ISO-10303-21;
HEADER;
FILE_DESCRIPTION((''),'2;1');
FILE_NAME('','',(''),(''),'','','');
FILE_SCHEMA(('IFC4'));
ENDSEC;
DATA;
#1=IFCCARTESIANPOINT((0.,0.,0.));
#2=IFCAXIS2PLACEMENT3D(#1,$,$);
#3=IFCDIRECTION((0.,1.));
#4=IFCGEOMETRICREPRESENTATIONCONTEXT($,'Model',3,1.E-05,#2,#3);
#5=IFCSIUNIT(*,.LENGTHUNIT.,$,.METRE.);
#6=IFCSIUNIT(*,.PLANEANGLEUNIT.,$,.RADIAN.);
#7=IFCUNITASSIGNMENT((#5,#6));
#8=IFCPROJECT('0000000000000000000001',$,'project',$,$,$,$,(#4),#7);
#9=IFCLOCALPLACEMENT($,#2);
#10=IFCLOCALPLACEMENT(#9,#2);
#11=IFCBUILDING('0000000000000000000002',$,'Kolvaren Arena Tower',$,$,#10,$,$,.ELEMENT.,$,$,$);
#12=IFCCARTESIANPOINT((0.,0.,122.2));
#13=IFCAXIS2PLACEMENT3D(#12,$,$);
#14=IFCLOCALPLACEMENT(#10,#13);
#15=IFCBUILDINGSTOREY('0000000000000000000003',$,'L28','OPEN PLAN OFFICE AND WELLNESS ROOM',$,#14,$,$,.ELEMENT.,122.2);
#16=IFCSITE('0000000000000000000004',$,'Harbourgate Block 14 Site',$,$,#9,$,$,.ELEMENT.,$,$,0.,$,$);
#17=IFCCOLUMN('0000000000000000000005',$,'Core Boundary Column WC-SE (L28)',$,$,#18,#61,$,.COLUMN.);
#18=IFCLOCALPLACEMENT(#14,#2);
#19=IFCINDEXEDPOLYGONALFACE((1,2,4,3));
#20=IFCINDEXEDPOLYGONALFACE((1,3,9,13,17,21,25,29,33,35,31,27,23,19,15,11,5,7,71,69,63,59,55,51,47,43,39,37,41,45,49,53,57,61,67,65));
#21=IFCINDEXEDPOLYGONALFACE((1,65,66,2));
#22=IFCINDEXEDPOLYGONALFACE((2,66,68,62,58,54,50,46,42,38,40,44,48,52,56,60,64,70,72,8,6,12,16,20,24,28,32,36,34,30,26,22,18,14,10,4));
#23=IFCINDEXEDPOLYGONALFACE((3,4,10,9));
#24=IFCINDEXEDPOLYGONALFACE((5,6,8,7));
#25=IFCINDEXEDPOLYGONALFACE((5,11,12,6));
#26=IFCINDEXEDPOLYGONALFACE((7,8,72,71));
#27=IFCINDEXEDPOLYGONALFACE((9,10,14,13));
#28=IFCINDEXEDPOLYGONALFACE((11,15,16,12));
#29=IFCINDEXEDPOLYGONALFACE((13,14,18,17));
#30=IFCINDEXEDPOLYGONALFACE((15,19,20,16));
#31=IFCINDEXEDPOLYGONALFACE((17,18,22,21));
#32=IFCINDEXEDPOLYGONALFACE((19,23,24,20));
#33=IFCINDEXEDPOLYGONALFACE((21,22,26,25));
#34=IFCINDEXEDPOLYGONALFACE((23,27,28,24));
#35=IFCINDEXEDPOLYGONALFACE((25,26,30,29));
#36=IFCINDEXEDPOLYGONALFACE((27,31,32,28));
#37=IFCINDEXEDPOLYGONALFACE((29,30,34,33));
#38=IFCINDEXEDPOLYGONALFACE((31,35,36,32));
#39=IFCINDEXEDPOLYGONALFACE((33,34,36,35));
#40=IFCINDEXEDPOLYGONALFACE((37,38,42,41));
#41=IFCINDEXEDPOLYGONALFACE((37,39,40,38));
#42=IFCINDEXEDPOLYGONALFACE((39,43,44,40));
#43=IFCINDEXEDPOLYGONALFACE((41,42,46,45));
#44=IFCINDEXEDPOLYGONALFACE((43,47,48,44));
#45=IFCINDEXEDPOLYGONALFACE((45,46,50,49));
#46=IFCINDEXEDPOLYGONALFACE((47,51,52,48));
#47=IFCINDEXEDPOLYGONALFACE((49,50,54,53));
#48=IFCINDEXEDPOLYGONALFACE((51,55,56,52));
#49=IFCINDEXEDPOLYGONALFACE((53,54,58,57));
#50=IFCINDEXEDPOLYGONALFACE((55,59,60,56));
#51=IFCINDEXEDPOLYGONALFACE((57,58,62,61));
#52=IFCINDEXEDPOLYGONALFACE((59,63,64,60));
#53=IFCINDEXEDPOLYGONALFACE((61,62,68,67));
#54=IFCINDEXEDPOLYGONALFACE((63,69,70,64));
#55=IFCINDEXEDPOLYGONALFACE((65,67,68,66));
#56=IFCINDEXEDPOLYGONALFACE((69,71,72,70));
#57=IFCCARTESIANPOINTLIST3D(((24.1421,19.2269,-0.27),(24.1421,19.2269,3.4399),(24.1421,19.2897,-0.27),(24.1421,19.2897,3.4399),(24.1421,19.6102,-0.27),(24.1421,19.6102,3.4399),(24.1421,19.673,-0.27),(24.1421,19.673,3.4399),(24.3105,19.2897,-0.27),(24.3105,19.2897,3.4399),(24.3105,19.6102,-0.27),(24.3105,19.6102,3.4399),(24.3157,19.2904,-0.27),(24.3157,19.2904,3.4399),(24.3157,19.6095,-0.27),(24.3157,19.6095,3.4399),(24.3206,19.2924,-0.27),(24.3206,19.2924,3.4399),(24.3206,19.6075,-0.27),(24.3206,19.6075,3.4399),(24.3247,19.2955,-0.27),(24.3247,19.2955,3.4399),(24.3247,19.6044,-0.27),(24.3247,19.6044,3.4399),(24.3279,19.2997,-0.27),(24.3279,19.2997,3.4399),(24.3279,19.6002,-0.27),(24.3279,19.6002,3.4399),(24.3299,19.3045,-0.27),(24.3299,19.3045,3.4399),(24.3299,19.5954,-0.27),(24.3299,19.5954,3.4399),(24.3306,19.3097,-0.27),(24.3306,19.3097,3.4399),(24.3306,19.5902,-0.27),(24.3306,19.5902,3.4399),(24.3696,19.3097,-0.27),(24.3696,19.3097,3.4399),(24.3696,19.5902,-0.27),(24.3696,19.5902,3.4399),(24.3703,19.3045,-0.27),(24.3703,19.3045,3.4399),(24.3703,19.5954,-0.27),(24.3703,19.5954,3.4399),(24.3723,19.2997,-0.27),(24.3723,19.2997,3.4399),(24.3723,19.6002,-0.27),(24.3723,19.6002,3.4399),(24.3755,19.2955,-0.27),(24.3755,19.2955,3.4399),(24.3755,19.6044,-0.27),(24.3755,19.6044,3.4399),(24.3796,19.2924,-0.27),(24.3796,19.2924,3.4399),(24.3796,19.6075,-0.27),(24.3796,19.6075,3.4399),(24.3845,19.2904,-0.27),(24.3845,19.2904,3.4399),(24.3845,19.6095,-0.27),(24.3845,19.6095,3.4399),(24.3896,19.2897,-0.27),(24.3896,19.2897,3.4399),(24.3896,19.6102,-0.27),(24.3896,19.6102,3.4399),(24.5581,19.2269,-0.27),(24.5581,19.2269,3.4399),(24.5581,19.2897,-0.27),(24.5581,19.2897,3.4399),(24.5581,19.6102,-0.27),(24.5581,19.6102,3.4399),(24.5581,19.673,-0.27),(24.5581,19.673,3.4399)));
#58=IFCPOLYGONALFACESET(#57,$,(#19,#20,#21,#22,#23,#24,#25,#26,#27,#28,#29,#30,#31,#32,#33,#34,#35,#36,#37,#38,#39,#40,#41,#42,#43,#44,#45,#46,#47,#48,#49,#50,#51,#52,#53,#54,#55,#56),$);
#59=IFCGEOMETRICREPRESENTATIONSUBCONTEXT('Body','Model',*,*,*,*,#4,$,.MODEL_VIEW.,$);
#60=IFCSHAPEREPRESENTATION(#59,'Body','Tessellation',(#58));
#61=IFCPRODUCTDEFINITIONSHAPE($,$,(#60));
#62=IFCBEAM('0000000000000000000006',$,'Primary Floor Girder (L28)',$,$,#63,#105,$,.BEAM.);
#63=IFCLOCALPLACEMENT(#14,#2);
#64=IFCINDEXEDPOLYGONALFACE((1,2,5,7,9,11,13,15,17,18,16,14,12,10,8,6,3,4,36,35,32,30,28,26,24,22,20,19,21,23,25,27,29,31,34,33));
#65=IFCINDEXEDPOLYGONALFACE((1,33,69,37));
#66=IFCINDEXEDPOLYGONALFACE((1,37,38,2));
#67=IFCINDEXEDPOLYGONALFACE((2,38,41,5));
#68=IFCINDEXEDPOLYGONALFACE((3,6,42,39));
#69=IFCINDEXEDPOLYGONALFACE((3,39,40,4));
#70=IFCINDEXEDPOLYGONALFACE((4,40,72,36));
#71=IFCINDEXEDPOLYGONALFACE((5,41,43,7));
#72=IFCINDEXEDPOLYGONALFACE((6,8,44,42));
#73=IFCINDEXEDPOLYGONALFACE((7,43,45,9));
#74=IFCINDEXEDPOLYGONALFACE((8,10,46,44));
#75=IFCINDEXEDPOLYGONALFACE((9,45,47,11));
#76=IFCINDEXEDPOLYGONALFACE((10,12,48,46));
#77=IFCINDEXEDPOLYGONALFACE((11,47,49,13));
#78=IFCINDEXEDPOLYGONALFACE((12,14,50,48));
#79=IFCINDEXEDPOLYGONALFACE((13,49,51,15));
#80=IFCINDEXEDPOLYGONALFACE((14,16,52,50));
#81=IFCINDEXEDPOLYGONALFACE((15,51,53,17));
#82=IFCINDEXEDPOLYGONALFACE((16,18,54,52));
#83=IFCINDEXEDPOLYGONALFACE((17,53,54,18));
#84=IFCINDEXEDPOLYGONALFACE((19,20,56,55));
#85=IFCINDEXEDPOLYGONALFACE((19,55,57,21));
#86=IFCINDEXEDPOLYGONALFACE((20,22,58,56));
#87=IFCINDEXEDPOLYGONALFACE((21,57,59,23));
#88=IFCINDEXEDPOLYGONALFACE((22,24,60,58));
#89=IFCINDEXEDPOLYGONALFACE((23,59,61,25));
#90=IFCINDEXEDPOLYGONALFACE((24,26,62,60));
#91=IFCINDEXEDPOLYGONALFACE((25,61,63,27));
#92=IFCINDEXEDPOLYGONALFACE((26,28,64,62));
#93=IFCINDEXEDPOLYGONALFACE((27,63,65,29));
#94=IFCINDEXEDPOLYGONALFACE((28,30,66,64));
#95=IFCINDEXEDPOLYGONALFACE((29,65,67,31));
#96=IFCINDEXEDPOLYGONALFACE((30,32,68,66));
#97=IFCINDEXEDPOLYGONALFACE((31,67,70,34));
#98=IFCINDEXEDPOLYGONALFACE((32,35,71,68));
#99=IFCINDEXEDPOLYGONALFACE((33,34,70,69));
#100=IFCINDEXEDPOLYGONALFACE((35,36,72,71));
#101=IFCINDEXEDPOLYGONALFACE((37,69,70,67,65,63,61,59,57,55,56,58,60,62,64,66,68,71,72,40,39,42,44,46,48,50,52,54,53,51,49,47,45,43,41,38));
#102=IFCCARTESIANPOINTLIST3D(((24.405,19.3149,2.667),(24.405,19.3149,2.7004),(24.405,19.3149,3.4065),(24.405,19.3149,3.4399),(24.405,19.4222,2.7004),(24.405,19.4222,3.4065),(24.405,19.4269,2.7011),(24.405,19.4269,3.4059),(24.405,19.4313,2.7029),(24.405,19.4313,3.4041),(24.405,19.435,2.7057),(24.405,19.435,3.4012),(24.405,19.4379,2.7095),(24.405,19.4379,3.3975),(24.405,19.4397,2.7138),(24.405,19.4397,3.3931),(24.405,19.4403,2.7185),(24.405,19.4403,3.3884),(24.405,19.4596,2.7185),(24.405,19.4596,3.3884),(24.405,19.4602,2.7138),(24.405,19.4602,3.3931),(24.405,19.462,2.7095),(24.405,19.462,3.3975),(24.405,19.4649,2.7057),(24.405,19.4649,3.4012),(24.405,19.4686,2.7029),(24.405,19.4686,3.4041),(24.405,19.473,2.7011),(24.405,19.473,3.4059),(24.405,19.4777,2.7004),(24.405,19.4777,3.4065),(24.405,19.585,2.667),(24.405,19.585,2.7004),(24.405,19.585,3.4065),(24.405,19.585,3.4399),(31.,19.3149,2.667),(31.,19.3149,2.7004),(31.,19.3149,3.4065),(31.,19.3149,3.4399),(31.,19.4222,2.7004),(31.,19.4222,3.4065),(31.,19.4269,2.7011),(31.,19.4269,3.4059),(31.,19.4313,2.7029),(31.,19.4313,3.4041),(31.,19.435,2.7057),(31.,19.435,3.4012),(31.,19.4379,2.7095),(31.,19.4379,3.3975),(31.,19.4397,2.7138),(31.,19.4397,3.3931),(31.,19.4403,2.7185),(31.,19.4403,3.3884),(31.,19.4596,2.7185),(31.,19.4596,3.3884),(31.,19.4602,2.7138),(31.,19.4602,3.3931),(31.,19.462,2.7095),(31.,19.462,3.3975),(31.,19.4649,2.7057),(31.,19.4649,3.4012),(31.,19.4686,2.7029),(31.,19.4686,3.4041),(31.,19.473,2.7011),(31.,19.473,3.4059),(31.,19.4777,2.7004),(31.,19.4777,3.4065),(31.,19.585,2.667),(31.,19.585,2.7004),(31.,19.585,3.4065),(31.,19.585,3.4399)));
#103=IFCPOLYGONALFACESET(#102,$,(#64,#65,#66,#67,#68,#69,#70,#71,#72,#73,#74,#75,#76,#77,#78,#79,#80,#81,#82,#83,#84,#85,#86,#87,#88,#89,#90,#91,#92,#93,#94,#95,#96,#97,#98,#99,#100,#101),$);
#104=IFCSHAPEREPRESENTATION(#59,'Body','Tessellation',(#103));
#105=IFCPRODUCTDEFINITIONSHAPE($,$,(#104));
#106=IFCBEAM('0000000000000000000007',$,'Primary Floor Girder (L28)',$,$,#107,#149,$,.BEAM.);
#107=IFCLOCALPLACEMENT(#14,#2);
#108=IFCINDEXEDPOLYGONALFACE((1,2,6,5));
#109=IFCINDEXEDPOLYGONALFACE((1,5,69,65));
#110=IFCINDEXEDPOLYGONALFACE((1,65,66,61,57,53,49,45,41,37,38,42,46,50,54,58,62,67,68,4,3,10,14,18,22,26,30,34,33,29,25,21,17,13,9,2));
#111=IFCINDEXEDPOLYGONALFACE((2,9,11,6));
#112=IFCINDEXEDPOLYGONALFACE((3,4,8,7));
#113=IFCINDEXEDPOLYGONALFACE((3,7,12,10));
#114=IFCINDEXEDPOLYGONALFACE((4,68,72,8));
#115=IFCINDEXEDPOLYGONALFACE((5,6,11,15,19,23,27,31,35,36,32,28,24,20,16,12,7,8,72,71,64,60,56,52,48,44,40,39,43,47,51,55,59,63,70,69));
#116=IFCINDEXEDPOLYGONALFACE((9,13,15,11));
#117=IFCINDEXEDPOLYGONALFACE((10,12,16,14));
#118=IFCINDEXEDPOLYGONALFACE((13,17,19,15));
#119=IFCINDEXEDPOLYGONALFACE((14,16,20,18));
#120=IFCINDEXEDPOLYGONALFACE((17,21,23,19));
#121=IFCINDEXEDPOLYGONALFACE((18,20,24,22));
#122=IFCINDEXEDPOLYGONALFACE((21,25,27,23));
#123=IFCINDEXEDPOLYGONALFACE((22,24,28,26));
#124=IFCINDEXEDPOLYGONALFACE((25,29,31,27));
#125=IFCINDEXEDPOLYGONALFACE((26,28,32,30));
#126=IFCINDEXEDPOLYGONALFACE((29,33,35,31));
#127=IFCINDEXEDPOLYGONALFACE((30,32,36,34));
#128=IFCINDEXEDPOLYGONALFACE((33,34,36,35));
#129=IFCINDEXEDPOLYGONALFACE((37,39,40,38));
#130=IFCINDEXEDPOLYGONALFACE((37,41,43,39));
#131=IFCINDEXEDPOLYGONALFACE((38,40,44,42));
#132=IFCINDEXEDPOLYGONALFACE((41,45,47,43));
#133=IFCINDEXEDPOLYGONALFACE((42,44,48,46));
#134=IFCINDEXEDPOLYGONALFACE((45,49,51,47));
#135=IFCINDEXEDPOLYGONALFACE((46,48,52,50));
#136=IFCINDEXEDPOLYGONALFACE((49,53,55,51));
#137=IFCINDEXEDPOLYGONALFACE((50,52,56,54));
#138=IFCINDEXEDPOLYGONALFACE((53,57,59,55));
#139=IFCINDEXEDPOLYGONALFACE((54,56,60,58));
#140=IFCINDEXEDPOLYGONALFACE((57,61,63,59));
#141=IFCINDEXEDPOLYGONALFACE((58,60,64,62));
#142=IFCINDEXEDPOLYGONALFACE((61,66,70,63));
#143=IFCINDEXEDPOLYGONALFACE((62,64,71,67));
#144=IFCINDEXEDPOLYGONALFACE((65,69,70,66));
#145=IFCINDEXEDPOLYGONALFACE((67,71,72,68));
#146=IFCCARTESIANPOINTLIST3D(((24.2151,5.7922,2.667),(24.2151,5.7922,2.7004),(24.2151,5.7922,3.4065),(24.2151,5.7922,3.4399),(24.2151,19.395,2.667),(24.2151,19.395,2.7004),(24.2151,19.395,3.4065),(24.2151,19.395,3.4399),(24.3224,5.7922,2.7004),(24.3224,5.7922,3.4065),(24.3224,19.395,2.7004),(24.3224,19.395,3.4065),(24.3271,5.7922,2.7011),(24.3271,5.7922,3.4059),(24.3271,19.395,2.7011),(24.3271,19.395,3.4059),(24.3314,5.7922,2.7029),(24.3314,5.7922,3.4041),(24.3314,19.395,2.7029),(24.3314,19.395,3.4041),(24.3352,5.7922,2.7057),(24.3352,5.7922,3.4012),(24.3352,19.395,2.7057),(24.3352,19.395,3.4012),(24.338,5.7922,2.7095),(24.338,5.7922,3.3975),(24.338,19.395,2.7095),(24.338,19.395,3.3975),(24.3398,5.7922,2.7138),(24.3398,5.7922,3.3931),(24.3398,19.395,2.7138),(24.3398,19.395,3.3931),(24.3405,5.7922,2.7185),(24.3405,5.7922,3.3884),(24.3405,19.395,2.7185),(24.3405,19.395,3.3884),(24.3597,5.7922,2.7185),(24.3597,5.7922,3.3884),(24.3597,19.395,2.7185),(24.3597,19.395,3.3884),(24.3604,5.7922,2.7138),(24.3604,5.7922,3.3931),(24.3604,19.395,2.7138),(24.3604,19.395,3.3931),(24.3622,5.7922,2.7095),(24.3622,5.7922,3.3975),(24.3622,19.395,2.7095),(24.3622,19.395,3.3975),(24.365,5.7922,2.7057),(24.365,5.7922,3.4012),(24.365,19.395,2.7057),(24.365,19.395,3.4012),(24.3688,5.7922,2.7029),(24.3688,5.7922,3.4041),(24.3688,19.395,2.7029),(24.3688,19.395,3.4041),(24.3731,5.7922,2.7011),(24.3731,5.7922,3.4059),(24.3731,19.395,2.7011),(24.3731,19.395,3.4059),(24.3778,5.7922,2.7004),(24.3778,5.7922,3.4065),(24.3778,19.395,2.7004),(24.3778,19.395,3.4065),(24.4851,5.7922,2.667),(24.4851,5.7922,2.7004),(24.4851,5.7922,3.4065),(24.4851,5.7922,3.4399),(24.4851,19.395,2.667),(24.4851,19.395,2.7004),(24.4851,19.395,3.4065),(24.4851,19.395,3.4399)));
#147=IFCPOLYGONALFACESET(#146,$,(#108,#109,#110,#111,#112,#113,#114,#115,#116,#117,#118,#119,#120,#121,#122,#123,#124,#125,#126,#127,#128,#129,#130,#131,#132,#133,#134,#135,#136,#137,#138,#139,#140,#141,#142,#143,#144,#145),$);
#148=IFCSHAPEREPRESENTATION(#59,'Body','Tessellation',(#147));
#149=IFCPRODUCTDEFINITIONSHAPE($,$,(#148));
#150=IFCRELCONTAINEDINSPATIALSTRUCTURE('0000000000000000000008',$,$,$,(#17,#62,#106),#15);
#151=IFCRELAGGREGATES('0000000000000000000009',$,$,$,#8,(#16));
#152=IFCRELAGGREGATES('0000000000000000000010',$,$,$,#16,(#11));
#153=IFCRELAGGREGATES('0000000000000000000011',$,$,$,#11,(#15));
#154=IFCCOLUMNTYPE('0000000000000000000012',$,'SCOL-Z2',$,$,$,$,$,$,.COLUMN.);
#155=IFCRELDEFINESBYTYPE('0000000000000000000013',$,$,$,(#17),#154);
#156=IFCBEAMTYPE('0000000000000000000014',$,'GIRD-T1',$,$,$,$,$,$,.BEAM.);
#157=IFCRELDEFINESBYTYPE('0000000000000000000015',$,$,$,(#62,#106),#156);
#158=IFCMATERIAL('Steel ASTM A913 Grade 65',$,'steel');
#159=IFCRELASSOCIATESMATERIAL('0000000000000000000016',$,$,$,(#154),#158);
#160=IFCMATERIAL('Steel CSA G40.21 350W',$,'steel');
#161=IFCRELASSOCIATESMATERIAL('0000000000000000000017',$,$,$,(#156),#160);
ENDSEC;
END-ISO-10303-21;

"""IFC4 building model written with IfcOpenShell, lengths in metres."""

from ifc_helpers import new_model, si_unit, direction, frame, origin, origin_2d, place, context, subcontext, project, spatial, i_section, extrude, material, material_profile, profile_set, type_object, element, save


model = new_model("IFC4")

# Units and contexts
model_context = context("Model", 3, precision=1e-05, world=origin(), true_north=direction((0.0, 1.0)))
body_context = subcontext(model_context, "Body", "Model", "MODEL_VIEW")
ifc_project = project(units=[si_unit("LENGTHUNIT", "METRE"), si_unit("PLANEANGLEUNIT", "RADIAN")], contexts=[model_context])

# Site, building, storey
site_placement = place(None, origin())
site = spatial("IfcSite", under=ifc_project, at=site_placement, Name="Harbourgate Block 14 Site", CompositionType="ELEMENT", RefElevation=0.0)
building_placement = place(site_placement, origin())
building = spatial("IfcBuilding", under=site, at=building_placement, Name="Kolvaren Arena Tower", CompositionType="ELEMENT")
storey_placement = place(building_placement, frame((0.0, 0.0, 122.2)))
storey = spatial("IfcBuildingStorey", under=building, at=storey_placement, Name="L28", Description="OPEN PLAN OFFICE AND WELLNESS ROOM", CompositionType="ELEMENT", Elevation=122.2)

# Column
ifc_material_1 = material(Name="Steel ASTM A913 Grade 65", Category="steel")
ifc_material_profile_1 = material_profile(ifc_material_1, i_section(OverallWidth=0.416, OverallDepth=0.446, WebThickness=0.0391, FlangeThickness=0.0627, FilletRadius=0.02, at=origin_2d()), Name="W360x509")
ifc_profile_set_1 = profile_set([ifc_material_profile_1], Name="Steel ASTM A913 Grade 65")
column_type = type_object("IfcColumnType", Name="SCOL-Z2", PredefinedType="COLUMN", material=ifc_profile_set_1)
column_placement = place(storey_placement, frame((24.3501, 19.45, -0.27), z_axis=(0.0, 0.0, 1.0), x_axis=(1.0, 0.0, 0.0)))
element("IfcColumn", 1, at=column_placement, inside=storey, type_object=column_type, Name="Core Boundary Column WC-SE (L28)", PredefinedType="COLUMN", context=body_context, shape_type="SweptSolid", body=[
    extrude(i_section(OverallWidth=0.416, OverallDepth=0.446, WebThickness=0.0391, FlangeThickness=0.0627, FilletRadius=0.02, at=origin_2d()), origin(), (0.0, 0.0, 1.0), 3.71),
])

# Beams
ifc_material_2 = material(Name="Steel CSA G40.21 350W", Category="steel")
ifc_material_profile_2 = material_profile(ifc_material_2, i_section(OverallWidth=0.27, OverallDepth=0.7729, WebThickness=0.0193, FlangeThickness=0.0334, FilletRadius=0.0181, at=origin_2d()), Name="W760x257")
ifc_profile_set_2 = profile_set([ifc_material_profile_2], Name="Steel CSA G40.21 350W")
beam_type = type_object("IfcBeamType", Name="GIRD-T1", PredefinedType="BEAM", material=ifc_profile_set_2)
beam_1_placement = place(storey_placement, frame((24.405, 19.45, 3.0535), z_axis=(1.0, 0.0, 0.0), x_axis=(0.0, 1.0, 0.0)))
element("IfcBeam", 2, at=beam_1_placement, inside=storey, type_object=beam_type, Name="Primary Floor Girder (L28)", PredefinedType="BEAM", context=body_context, shape_type="SweptSolid", body=[
    extrude(i_section(OverallWidth=0.27, OverallDepth=0.7729, WebThickness=0.0193, FlangeThickness=0.0334, FilletRadius=0.0181, at=origin_2d()), origin(), (0.0, 0.0, 1.0), 6.595),
])
beam_2_placement = place(storey_placement, frame((24.3501, 5.7922, 3.0535), z_axis=(0.0, 1.0, 0.0), x_axis=(-1.0, 0.0, 0.0)))
element("IfcBeam", 3, at=beam_2_placement, inside=storey, type_object=beam_type, Name="Primary Floor Girder (L28)", PredefinedType="BEAM", context=body_context, shape_type="SweptSolid", body=[
    extrude(i_section(OverallWidth=0.27, OverallDepth=0.7729, WebThickness=0.0193, FlangeThickness=0.0334, FilletRadius=0.0181, at=origin_2d()), origin(), (0.0, 0.0, 1.0), 13.6028),
])

save(model, "model.ifc")
